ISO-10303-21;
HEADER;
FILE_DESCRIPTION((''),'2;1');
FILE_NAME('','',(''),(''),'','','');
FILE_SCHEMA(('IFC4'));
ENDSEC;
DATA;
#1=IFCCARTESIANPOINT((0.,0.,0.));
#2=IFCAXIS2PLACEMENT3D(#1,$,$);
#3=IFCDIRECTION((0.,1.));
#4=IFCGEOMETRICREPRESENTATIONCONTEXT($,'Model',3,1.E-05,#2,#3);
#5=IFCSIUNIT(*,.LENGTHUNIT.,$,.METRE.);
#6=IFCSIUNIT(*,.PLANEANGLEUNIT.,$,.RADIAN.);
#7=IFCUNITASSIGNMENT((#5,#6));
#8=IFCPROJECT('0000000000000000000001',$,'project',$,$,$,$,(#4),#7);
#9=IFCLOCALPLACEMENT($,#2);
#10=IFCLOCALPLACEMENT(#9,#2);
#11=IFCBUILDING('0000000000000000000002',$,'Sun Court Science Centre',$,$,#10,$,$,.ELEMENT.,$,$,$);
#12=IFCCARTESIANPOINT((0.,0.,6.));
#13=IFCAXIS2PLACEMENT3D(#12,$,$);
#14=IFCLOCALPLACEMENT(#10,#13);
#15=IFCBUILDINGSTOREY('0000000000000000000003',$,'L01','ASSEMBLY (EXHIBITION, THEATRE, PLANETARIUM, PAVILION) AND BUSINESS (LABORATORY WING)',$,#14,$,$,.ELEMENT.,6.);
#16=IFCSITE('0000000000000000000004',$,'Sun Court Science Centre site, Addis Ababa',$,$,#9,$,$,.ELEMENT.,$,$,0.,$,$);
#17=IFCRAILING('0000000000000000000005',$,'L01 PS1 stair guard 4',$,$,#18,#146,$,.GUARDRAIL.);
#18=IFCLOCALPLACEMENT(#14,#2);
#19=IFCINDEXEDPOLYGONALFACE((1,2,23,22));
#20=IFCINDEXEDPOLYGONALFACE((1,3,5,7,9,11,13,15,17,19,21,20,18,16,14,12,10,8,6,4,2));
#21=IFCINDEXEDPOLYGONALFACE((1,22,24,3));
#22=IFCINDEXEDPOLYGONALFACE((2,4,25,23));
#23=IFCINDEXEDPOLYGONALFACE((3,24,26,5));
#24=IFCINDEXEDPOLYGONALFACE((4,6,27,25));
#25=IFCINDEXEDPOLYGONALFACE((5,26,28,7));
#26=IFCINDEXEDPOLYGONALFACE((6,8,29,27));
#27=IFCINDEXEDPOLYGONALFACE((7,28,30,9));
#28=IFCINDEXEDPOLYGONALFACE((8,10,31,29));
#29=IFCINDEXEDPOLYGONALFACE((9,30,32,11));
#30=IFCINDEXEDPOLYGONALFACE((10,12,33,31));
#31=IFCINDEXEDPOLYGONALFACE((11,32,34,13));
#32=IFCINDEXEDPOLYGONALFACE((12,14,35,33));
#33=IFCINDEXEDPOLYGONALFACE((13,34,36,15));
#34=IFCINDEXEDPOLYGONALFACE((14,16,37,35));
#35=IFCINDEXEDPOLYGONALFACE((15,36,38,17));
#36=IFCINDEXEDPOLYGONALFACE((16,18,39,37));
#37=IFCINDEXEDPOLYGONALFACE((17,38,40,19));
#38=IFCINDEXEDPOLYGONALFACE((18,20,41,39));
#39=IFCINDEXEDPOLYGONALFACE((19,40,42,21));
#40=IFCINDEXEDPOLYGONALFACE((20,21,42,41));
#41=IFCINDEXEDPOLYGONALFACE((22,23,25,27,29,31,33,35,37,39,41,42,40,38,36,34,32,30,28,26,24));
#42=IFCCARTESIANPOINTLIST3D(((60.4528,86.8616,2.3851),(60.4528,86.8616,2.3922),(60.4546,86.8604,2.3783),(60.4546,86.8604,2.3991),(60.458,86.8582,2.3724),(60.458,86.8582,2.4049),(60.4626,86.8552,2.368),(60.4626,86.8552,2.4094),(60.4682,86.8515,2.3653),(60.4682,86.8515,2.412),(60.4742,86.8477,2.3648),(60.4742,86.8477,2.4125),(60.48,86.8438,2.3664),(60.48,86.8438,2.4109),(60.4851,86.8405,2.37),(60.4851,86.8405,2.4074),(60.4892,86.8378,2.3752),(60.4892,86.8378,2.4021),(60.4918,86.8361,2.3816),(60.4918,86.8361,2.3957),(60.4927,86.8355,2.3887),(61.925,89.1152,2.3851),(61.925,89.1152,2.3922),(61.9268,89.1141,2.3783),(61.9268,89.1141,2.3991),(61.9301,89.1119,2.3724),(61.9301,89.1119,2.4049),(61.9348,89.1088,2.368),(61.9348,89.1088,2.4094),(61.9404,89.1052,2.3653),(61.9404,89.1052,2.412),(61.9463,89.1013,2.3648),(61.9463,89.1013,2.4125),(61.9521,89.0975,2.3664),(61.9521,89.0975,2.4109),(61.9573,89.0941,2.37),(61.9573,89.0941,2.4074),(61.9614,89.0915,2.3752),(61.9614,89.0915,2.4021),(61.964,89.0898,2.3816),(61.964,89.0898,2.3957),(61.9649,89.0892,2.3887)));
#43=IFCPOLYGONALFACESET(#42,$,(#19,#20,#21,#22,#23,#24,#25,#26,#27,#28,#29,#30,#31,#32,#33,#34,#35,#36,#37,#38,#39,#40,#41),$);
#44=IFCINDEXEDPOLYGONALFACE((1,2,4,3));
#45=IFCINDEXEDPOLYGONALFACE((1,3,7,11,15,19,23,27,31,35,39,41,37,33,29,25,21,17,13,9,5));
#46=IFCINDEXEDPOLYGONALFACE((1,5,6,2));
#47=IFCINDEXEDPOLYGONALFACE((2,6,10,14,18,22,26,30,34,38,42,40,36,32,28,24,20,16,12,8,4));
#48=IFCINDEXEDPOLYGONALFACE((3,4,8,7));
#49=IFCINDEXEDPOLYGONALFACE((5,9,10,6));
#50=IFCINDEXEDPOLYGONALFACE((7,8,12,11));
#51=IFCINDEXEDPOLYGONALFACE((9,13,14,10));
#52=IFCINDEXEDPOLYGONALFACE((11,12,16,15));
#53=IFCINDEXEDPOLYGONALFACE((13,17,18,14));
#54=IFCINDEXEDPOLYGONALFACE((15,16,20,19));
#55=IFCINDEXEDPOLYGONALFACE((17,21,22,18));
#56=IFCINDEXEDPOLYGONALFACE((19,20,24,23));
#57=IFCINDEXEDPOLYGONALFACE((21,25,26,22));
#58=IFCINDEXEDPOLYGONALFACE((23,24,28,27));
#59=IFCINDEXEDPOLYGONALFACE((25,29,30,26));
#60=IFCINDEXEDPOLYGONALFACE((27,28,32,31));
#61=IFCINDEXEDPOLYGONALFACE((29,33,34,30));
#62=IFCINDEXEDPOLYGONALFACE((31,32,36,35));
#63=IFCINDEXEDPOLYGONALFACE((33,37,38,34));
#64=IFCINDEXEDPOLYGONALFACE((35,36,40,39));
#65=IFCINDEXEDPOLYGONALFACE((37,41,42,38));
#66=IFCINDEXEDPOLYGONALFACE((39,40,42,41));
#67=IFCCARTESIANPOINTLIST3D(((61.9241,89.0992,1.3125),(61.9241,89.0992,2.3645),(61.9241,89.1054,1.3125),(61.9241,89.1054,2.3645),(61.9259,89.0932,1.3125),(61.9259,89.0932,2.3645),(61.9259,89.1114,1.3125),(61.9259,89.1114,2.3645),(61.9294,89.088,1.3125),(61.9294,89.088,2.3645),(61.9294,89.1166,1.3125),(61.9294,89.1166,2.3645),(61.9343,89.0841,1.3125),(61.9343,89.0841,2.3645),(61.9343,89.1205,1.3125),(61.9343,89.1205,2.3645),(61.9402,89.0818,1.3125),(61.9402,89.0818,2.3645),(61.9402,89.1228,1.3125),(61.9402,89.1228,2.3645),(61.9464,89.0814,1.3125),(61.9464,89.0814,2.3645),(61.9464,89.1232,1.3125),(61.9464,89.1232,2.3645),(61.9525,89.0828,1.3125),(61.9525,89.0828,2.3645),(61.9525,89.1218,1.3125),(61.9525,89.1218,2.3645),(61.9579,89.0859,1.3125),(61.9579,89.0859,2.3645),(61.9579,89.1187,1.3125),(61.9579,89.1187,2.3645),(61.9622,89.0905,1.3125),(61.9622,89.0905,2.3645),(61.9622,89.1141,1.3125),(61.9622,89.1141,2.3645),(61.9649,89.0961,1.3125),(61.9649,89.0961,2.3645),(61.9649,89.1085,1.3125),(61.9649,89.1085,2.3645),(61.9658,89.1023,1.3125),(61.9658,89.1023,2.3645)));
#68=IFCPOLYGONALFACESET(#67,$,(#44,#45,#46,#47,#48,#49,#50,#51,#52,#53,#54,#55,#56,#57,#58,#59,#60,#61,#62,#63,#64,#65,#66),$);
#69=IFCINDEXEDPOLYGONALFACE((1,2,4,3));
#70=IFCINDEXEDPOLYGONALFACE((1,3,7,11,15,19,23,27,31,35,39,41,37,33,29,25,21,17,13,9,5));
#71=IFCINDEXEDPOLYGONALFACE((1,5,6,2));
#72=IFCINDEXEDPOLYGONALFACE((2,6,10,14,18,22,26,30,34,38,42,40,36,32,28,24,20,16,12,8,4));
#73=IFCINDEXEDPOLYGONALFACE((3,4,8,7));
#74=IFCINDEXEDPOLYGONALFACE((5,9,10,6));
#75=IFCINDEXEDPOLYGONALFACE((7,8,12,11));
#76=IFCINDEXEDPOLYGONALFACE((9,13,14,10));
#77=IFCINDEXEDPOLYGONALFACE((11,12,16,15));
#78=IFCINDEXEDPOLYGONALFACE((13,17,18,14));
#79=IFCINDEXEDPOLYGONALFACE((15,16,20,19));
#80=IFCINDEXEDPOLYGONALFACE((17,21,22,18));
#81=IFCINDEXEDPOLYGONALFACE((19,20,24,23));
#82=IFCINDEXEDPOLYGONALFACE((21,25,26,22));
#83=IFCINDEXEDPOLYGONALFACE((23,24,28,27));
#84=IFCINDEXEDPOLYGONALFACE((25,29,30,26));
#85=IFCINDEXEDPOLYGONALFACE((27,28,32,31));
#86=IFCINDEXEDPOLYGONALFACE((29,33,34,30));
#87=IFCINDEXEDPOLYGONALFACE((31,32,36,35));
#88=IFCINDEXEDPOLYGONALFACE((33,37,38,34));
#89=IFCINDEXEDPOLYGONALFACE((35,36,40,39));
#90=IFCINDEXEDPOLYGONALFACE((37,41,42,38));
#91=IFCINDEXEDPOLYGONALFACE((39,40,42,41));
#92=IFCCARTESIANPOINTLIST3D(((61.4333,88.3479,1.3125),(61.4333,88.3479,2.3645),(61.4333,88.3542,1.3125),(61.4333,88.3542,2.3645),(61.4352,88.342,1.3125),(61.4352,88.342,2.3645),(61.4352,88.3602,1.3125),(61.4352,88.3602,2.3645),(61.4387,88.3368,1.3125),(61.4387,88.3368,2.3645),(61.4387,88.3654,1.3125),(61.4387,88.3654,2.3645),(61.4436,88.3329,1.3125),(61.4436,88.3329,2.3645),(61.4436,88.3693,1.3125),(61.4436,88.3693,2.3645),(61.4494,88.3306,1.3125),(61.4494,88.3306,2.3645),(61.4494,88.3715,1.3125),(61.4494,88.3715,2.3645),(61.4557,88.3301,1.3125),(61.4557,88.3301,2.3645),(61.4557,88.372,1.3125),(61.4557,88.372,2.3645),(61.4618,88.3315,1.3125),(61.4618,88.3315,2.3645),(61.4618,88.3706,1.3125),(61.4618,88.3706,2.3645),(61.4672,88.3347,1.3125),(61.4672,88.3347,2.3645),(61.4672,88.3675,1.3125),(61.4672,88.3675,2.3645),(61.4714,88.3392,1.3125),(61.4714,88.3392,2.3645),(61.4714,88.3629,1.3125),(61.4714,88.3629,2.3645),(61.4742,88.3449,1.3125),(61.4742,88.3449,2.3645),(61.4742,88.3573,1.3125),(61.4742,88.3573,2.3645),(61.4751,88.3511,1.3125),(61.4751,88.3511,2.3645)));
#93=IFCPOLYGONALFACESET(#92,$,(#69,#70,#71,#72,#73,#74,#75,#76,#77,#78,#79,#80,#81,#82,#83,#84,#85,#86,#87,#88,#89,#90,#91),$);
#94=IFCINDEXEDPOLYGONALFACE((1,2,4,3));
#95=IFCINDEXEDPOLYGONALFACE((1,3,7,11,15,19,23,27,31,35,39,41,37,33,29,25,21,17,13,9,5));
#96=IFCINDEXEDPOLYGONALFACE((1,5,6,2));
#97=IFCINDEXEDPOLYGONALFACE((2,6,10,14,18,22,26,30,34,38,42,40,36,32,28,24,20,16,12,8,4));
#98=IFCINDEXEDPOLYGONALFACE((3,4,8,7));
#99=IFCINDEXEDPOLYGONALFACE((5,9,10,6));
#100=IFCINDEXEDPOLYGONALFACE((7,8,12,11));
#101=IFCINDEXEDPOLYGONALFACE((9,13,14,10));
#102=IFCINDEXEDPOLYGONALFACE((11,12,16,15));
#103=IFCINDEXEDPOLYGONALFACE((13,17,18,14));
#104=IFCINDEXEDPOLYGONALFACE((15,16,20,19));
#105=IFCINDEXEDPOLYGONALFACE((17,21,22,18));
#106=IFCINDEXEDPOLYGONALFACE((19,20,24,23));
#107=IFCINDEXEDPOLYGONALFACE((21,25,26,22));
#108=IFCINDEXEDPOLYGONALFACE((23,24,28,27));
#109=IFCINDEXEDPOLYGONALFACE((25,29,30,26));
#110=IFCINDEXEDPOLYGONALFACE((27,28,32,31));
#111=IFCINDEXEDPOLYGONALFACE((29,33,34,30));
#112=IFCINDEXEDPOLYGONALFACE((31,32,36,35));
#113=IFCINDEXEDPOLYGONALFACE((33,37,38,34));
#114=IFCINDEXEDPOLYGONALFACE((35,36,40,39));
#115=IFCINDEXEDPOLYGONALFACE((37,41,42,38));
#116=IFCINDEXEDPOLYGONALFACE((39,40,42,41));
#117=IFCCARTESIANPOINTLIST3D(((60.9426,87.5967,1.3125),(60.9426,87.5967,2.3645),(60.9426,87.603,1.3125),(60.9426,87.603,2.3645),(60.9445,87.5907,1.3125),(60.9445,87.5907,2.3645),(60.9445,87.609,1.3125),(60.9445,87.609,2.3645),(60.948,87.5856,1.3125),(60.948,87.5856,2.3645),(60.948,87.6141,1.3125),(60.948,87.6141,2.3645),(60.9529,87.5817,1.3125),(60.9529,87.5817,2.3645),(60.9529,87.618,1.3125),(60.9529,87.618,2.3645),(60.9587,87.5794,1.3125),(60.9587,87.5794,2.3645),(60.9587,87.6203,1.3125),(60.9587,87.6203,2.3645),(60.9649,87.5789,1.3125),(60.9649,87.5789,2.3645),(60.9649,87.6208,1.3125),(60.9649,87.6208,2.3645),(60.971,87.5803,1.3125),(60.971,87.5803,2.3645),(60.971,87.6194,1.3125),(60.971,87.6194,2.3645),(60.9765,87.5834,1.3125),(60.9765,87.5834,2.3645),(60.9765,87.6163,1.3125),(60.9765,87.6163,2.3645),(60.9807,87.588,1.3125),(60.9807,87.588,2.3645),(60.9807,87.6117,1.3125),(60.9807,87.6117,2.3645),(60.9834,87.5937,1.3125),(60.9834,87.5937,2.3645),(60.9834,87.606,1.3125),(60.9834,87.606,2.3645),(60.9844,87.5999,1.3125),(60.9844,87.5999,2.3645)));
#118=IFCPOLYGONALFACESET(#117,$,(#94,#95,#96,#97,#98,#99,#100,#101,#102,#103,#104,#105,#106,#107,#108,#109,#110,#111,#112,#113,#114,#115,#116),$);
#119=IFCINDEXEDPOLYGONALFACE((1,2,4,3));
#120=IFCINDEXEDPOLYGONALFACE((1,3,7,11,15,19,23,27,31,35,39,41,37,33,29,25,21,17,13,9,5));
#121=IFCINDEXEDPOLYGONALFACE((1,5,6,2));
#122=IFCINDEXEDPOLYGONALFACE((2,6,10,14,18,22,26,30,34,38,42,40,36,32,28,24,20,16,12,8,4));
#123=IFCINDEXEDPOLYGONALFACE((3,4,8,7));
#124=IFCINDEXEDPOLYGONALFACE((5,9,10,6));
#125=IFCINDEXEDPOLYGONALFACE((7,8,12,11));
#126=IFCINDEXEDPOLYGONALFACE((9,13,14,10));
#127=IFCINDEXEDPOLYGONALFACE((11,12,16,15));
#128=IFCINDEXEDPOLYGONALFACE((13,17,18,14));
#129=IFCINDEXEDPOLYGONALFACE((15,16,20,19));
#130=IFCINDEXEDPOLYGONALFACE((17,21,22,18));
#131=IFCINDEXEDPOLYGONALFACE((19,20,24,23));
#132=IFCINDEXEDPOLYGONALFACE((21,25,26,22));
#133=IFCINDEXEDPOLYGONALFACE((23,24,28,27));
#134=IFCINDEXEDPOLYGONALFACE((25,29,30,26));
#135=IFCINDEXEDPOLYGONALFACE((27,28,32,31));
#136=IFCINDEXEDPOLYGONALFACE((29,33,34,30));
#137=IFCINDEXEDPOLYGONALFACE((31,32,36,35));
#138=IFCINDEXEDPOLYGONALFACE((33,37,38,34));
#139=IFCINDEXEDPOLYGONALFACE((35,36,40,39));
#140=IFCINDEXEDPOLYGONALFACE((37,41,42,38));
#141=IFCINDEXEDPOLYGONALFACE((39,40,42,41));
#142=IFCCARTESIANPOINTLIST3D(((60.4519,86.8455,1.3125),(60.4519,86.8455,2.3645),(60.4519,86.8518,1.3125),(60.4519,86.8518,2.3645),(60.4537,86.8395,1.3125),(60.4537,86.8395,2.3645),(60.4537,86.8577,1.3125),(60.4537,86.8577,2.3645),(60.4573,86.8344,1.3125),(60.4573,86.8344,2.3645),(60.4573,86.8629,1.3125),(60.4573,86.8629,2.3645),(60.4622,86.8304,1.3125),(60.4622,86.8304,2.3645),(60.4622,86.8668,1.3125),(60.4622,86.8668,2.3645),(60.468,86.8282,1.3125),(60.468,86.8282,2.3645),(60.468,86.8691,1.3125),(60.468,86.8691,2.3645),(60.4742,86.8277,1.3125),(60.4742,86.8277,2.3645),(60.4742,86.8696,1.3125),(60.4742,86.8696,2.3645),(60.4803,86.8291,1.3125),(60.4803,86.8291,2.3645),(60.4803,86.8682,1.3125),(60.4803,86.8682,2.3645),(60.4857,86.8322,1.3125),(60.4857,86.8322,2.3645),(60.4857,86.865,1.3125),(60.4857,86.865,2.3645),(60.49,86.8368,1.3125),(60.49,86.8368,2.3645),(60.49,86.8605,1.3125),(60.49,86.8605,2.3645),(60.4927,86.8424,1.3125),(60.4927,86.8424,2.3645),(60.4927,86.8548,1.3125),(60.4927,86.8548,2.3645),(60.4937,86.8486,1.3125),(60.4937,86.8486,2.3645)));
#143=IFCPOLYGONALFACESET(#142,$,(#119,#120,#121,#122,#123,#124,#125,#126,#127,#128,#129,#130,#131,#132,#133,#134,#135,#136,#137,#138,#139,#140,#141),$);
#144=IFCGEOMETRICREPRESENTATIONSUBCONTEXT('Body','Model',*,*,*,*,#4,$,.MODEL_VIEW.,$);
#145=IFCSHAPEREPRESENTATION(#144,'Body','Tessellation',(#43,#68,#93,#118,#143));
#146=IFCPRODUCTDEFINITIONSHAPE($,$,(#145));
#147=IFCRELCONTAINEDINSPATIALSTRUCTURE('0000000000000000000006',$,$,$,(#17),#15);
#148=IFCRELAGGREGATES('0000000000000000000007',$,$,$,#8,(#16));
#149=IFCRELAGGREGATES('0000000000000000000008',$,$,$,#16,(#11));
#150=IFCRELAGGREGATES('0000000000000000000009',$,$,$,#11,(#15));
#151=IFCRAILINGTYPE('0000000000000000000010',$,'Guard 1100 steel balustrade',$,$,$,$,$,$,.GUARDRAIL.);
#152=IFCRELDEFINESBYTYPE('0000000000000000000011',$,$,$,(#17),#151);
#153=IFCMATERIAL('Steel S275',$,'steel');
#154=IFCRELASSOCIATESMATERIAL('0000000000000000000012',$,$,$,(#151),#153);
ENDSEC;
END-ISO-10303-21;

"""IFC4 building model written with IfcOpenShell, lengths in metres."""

from ifc_helpers import new_model, si_unit, direction, frame, origin, origin_2d, place, context, subcontext, project, spatial, circle, extrude, material, type_object, element, save


model = new_model("IFC4")

# Units and contexts
model_context = context("Model", 3, precision=1e-05, world=origin(), true_north=direction((0.0, 1.0)))
body_context = subcontext(model_context, "Body", "Model", "MODEL_VIEW")
ifc_project = project(units=[si_unit("LENGTHUNIT", "METRE"), si_unit("PLANEANGLEUNIT", "RADIAN")], contexts=[model_context])

# Site, building, storey
site_placement = place(None, origin())
site = spatial("IfcSite", under=ifc_project, at=site_placement, Name="Sun Court Science Centre site, Addis Ababa", CompositionType="ELEMENT", RefElevation=0.0)
building_placement = place(site_placement, origin())
building = spatial("IfcBuilding", under=site, at=building_placement, Name="Sun Court Science Centre", CompositionType="ELEMENT")
storey_placement = place(building_placement, frame((0.0, 0.0, 6.0)))
storey = spatial("IfcBuildingStorey", under=building, at=storey_placement, Name="L01", Description="ASSEMBLY (EXHIBITION, THEATRE, PLANETARIUM, PAVILION) AND BUSINESS (LABORATORY WING)", CompositionType="ELEMENT", Elevation=6.0)

# Railing
ifc_material_1 = material(Name="Steel S275", Category="steel")
railing_type_1 = type_object("IfcRailingType", Name="Guard 1100 steel balustrade", PredefinedType="GUARDRAIL", material=ifc_material_1)
railing_1_placement = place(storey_placement, frame((61.9448, 89.1023, 1.3125)))
element("IfcRailing", 1, at=railing_1_placement, inside=storey, type_object=railing_type_1, Name="L01 PS1 stair guard 4", PredefinedType="GUARDRAIL", context=body_context, shape_type="SweptSolid", body=[
    extrude(circle(Radius=0.0239, at=origin_2d()), frame((0.0, 0.0, 1.0762), z_axis=(-0.54689, -0.837204, 0.0), x_axis=(0.837204, -0.54689, 0.0)), (0.0, 0.0, 1.0), 2.6919),
    extrude(circle(Radius=0.021, at=origin_2d()), origin(), (0.0, 0.0, 1.0), 1.052),
    extrude(circle(Radius=0.021, at=origin_2d()), frame((-0.4907, -0.7512, 0.0)), (0.0, 0.0, 1.0), 1.052),
    extrude(circle(Radius=0.021, at=origin_2d()), frame((-0.9814, -1.5024, 0.0)), (0.0, 0.0, 1.0), 1.052),
    extrude(circle(Radius=0.021, at=origin_2d()), frame((-1.4722, -2.2537, 0.0)), (0.0, 0.0, 1.0), 1.052),
])

save(model, "model.ifc")
